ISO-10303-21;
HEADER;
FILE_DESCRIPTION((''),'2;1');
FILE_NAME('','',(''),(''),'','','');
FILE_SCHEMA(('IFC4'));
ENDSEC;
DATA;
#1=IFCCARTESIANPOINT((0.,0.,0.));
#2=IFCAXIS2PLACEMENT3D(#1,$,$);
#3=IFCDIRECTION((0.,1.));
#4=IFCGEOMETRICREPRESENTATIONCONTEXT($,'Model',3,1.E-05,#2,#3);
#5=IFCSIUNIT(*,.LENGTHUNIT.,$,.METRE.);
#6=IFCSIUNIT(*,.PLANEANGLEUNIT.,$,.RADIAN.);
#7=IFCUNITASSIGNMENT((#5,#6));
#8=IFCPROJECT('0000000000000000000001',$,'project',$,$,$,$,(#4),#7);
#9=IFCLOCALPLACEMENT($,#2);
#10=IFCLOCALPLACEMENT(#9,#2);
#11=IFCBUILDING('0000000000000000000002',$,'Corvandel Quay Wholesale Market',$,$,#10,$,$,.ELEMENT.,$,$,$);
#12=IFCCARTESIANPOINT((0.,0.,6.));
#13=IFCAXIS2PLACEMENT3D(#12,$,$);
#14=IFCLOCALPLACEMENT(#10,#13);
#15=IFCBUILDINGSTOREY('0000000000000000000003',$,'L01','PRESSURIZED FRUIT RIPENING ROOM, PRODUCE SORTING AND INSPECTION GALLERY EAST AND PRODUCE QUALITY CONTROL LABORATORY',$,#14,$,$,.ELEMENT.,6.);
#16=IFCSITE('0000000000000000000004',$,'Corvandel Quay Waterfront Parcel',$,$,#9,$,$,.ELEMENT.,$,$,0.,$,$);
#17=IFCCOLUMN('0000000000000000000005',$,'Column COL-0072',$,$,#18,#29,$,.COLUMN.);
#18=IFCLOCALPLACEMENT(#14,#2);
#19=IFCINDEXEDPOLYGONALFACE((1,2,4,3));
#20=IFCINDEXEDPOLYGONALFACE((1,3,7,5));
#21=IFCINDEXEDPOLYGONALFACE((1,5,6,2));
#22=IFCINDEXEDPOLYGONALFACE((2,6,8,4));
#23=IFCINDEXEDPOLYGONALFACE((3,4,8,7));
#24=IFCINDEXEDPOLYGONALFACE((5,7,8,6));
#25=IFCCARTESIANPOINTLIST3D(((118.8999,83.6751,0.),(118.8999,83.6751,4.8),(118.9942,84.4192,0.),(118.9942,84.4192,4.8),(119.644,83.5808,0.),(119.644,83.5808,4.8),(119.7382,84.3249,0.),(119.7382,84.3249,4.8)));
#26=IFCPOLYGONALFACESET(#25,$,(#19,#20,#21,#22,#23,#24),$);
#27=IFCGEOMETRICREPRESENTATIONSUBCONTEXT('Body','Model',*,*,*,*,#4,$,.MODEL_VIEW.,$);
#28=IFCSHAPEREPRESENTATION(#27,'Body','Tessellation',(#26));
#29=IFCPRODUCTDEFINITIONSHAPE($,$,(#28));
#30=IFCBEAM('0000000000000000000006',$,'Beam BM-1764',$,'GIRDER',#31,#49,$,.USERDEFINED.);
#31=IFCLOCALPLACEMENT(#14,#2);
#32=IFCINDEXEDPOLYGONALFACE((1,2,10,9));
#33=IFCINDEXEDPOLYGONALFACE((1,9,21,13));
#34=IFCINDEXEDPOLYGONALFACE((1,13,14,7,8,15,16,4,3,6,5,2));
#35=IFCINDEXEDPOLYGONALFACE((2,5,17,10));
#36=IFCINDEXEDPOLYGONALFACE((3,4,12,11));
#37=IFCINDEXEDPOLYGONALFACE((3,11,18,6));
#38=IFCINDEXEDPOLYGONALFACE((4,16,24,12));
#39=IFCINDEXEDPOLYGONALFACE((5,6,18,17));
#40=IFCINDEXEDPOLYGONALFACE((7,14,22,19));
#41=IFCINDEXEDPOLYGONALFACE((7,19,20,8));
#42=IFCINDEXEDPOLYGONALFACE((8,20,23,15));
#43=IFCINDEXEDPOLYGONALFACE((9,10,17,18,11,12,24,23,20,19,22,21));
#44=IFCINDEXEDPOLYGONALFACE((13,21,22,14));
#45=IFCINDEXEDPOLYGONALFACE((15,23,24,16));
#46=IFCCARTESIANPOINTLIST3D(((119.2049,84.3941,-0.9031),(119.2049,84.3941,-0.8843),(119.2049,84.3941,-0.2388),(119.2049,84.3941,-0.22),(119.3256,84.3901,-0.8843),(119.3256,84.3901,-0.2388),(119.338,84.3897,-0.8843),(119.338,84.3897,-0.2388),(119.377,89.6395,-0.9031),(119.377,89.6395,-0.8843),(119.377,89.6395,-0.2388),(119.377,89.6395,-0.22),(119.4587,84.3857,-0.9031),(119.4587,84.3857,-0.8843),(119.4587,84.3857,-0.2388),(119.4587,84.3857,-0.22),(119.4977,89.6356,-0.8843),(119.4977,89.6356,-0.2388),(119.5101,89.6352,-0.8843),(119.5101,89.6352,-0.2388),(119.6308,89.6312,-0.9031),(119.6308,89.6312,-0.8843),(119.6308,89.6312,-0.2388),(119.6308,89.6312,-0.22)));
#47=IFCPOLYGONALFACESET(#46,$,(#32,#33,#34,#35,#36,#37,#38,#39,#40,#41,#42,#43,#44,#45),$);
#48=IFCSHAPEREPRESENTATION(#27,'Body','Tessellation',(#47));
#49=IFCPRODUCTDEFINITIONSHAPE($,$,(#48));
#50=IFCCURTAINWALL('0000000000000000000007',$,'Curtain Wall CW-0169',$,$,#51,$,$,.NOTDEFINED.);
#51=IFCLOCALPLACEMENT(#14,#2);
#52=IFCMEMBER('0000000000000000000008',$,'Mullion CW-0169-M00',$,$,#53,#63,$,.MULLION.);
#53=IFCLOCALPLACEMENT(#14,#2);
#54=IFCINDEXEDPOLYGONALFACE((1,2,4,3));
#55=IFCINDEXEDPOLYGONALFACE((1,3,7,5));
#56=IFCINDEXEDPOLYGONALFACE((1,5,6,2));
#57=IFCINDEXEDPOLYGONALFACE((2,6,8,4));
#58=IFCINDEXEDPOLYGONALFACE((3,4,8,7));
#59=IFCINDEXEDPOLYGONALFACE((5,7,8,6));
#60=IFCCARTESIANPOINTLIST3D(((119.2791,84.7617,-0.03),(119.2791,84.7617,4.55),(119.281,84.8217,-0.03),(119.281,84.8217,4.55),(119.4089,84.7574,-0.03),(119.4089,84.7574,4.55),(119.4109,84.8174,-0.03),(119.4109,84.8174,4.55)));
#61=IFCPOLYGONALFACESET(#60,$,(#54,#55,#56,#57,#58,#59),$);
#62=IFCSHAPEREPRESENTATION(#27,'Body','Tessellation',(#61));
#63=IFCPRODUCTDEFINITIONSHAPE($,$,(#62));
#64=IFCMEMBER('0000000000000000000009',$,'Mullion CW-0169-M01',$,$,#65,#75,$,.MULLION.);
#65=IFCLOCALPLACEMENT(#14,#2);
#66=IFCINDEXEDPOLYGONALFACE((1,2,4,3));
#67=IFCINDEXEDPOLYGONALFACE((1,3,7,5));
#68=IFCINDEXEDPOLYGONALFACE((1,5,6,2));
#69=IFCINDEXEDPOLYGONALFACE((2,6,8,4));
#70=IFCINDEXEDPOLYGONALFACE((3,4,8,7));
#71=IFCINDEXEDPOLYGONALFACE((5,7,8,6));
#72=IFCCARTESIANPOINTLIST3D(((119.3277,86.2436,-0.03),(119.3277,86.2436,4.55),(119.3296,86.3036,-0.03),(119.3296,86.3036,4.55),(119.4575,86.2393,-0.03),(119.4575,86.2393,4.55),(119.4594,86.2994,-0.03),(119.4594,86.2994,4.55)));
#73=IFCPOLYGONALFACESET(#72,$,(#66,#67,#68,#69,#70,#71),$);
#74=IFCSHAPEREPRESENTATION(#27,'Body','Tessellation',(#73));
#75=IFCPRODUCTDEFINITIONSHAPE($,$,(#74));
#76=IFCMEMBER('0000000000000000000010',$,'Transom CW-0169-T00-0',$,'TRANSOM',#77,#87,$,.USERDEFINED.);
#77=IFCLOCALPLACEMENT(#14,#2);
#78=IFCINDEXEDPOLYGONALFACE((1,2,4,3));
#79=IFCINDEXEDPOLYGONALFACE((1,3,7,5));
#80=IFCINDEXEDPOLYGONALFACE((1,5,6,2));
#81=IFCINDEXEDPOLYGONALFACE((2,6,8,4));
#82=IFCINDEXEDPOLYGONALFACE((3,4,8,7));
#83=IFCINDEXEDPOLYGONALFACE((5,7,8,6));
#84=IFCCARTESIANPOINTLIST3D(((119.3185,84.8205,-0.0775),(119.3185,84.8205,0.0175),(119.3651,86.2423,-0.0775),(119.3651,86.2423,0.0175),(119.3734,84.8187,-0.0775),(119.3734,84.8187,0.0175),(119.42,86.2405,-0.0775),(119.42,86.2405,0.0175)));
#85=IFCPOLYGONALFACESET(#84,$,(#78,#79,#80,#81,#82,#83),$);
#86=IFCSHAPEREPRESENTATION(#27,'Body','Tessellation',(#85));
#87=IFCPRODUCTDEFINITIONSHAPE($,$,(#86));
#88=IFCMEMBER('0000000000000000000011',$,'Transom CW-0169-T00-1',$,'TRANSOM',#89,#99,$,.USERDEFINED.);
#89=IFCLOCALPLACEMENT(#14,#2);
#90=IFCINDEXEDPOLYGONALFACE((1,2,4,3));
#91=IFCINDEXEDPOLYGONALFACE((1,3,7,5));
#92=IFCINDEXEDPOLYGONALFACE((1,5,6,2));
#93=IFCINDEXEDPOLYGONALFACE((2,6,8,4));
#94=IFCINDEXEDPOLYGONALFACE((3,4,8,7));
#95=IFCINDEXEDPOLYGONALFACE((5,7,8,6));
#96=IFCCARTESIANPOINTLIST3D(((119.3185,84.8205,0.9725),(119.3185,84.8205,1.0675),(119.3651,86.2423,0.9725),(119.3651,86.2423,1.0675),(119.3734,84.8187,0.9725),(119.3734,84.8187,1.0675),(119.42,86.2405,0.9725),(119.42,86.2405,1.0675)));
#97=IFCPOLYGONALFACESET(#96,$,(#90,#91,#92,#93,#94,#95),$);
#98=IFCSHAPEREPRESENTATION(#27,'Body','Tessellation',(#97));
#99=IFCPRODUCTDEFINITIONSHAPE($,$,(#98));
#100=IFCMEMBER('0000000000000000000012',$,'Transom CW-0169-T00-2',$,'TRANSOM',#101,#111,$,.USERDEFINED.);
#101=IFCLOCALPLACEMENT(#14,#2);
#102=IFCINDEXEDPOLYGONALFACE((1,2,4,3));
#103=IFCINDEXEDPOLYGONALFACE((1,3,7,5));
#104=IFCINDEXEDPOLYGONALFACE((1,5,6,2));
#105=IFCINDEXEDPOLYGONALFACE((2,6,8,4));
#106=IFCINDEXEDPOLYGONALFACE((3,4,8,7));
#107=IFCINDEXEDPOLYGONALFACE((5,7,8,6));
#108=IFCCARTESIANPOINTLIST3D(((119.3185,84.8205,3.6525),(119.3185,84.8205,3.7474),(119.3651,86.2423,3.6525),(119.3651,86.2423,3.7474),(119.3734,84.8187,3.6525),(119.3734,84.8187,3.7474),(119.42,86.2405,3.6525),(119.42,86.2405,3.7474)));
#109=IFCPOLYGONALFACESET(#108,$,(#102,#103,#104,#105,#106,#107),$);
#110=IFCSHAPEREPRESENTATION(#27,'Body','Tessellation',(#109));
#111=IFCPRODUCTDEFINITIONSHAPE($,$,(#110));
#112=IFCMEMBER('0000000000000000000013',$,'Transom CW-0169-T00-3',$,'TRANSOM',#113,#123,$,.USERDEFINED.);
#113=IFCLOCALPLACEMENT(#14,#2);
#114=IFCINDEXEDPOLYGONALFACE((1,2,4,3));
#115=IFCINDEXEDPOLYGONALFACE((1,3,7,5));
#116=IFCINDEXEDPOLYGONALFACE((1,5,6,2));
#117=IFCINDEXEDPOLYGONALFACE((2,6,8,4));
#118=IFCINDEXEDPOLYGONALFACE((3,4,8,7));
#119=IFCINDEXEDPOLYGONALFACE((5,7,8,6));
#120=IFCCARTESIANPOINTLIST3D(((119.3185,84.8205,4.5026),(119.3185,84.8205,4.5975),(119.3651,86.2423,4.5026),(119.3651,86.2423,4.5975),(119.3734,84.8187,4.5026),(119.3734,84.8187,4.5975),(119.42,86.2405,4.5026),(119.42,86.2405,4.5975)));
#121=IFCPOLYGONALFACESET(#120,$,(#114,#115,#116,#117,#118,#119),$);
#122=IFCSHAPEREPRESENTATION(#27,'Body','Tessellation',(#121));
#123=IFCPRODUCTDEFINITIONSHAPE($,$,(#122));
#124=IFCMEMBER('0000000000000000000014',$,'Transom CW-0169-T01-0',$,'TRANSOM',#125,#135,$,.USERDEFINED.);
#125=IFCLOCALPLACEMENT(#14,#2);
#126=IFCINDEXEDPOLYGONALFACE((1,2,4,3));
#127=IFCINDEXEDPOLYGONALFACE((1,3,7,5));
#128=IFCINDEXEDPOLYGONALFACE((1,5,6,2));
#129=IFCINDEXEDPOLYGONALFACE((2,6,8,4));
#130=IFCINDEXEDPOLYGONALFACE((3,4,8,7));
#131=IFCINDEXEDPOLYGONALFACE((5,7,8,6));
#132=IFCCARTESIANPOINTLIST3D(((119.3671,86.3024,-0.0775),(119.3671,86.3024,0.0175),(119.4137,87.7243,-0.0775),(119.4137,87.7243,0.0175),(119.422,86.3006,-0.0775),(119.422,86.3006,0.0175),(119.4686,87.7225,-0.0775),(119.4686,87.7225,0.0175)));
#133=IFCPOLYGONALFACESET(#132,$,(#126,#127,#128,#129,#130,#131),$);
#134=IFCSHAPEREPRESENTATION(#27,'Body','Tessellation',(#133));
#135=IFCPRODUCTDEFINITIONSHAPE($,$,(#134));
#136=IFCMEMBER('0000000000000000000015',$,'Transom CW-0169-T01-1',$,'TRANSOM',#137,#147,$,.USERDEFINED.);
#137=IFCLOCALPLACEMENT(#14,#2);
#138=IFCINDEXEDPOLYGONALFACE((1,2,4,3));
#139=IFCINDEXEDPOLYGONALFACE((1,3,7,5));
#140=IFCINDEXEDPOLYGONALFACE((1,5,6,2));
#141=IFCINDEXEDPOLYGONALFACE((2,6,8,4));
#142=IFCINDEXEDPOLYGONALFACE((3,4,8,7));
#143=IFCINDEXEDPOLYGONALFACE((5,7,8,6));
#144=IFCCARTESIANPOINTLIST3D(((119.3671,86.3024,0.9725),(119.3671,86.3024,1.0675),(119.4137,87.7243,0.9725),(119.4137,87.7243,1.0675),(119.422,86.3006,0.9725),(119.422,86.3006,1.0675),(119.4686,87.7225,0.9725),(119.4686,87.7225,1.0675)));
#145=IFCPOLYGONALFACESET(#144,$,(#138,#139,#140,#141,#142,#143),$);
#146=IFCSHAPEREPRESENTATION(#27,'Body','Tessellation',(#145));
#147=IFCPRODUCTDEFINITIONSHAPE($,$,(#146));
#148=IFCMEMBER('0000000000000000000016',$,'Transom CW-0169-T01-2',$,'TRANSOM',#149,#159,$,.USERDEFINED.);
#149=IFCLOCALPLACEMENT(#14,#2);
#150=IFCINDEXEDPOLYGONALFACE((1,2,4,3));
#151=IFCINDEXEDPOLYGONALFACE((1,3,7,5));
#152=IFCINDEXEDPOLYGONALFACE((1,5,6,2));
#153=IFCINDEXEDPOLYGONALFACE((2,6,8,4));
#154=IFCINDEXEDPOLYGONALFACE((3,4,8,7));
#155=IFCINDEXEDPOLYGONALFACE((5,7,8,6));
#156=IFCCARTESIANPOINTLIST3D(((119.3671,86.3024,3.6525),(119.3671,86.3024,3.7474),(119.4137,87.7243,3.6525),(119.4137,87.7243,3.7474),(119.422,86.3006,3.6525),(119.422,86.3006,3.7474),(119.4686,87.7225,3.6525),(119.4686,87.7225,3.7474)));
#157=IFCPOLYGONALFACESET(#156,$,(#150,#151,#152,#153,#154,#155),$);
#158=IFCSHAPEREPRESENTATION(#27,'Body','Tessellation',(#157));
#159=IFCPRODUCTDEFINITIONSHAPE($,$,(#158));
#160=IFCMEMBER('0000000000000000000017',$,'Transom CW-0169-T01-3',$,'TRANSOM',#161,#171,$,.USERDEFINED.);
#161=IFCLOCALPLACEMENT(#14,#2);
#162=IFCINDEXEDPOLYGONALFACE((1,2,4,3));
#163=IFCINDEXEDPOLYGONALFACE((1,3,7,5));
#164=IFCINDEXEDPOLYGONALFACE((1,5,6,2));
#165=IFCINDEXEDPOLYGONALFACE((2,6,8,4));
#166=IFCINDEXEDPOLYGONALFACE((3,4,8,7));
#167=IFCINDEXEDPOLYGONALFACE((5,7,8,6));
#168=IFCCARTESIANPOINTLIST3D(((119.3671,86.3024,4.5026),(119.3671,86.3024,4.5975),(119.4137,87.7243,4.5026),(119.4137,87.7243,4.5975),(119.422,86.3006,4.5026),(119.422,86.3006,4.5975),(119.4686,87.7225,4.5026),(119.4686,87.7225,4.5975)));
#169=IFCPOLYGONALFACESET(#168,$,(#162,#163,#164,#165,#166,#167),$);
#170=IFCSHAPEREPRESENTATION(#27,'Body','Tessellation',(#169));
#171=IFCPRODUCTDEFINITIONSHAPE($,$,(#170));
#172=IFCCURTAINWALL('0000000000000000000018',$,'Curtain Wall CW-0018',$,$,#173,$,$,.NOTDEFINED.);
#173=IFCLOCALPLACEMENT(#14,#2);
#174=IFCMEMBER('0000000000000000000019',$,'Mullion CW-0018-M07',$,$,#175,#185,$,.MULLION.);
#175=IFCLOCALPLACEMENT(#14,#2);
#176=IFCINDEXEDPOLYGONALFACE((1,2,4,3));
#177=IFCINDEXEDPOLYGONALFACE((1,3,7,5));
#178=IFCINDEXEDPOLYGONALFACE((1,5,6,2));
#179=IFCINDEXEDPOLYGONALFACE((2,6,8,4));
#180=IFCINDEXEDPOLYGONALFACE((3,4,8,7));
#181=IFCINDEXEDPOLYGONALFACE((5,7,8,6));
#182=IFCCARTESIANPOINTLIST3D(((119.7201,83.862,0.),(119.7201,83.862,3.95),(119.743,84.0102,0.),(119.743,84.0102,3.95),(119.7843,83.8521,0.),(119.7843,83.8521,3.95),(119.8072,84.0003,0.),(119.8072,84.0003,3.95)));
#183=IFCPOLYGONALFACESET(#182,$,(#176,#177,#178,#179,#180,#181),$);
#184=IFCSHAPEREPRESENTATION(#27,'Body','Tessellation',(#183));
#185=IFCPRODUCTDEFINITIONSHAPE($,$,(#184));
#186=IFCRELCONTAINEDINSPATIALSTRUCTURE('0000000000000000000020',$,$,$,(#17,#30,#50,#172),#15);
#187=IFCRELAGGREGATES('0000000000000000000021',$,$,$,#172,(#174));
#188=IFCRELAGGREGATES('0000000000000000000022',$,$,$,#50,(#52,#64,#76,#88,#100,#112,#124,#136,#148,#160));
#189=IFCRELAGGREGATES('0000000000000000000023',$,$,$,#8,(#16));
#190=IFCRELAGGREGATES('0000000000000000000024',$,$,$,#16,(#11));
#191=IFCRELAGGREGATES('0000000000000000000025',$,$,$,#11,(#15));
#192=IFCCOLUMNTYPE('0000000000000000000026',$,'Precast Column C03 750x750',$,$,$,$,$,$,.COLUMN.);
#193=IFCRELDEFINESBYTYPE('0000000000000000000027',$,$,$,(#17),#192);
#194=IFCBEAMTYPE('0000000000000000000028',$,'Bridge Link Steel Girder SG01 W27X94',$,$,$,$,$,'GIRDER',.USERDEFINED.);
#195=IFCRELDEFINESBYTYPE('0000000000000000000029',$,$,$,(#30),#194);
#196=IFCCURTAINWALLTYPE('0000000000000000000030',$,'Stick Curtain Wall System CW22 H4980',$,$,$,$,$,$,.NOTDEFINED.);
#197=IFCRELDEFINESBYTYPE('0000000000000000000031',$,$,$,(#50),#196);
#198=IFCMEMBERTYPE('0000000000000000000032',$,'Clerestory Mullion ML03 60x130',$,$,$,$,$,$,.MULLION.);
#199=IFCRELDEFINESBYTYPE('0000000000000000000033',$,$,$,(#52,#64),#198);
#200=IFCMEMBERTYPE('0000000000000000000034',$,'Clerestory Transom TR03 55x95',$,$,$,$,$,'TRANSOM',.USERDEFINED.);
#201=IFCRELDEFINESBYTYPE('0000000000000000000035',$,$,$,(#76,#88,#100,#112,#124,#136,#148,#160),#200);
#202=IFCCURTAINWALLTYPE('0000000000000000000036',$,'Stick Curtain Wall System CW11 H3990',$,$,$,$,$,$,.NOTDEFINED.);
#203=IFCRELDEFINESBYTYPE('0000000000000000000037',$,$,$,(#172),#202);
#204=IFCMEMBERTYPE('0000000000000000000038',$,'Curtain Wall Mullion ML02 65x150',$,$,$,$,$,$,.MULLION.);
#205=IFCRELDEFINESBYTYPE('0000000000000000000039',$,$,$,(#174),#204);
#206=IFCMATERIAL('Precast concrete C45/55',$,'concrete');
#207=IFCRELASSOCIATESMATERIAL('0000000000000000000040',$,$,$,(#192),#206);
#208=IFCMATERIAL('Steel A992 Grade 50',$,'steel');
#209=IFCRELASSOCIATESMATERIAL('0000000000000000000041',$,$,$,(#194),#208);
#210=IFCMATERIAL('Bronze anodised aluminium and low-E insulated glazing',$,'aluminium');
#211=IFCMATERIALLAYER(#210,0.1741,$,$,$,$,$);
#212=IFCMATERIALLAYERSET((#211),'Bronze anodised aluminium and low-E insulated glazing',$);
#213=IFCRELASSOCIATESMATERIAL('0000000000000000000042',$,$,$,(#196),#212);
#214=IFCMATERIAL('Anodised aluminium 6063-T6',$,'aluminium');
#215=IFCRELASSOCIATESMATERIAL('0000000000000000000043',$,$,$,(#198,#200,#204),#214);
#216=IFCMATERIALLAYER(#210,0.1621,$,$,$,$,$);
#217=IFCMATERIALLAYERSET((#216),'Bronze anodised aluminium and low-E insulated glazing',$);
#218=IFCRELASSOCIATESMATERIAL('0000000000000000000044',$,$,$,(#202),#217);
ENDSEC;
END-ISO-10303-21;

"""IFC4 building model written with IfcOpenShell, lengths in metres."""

from ifc_helpers import new_model, si_unit, direction, frame, origin, origin_2d, place, context, subcontext, project, spatial, rectangle, i_section, extrude, material, layer, layer_set, material_profile, profile_set, type_object, element, aggregate, save


model = new_model("IFC4")

# Units and contexts
model_context = context("Model", 3, precision=1e-05, world=origin(), true_north=direction((0.0, 1.0)))
body_context = subcontext(model_context, "Body", "Model", "MODEL_VIEW")
ifc_project = project(units=[si_unit("LENGTHUNIT", "METRE"), si_unit("PLANEANGLEUNIT", "RADIAN")], contexts=[model_context])

# Site, building, storey
site_placement = place(None, origin())
site = spatial("IfcSite", under=ifc_project, at=site_placement, Name="Corvandel Quay Waterfront Parcel", CompositionType="ELEMENT", RefElevation=0.0)
building_placement = place(site_placement, origin())
building = spatial("IfcBuilding", under=site, at=building_placement, Name="Corvandel Quay Wholesale Market", CompositionType="ELEMENT")
storey_placement = place(building_placement, frame((0.0, 0.0, 6.0)))
storey = spatial("IfcBuildingStorey", under=building, at=storey_placement, Name="L01", Description="PRESSURIZED FRUIT RIPENING ROOM, PRODUCE SORTING AND INSPECTION GALLERY EAST AND PRODUCE QUALITY CONTROL LABORATORY", CompositionType="ELEMENT", Elevation=6.0)

# Column
ifc_material_1 = material(Name="Precast concrete C45/55", Category="concrete")
ifc_material_profile_1 = material_profile(ifc_material_1, rectangle(XDim=0.75, YDim=0.75, at=origin_2d()), Name="PC-COL-750x750")
ifc_profile_set_1 = profile_set([ifc_material_profile_1], Name="Precast concrete C45/55")
column_type = type_object("IfcColumnType", Name="Precast Column C03 750x750", PredefinedType="COLUMN", material=ifc_profile_set_1)
column_placement = place(storey_placement, frame((119.3191, 84.0, 0.0), z_axis=(0.0, 0.0, 1.0), x_axis=(-0.992071, 0.12568, 0.0)))
element("IfcColumn", 1, at=column_placement, inside=storey, type_object=column_type, Name="Column COL-0072", PredefinedType="COLUMN", context=body_context, shape_type="SweptSolid", body=[
    extrude(rectangle(XDim=0.75, YDim=0.75, at=origin_2d()), origin(), (0.0, 0.0, 1.0), 4.8),
])

# Beam
ifc_material_2 = material(Name="Steel A992 Grade 50", Category="steel")
ifc_material_profile_2 = material_profile(ifc_material_2, i_section(OverallWidth=0.2539, OverallDepth=0.6831, WebThickness=0.0125, FlangeThickness=0.0188, at=origin_2d()), Name="W27X94")
ifc_profile_set_2 = profile_set([ifc_material_profile_2], Name="Steel A992 Grade 50")
beam_type = type_object("IfcBeamType", Name="Bridge Link Steel Girder SG01 W27X94", ElementType="GIRDER", PredefinedType="USERDEFINED", material=ifc_profile_set_2)
beam_placement = place(storey_placement, frame((119.3318, 84.3899, -0.5615), z_axis=(0.032796, 0.999462, 0.0), x_axis=(-0.999462, 0.032796, 0.0)))
element("IfcBeam", 2, at=beam_placement, inside=storey, type_object=beam_type, Name="Beam BM-1764", ObjectType="GIRDER", PredefinedType="USERDEFINED", context=body_context, shape_type="SweptSolid", body=[
    extrude(i_section(OverallWidth=0.2539, OverallDepth=0.6831, WebThickness=0.0125, FlangeThickness=0.0188, at=origin_2d()), origin(), (0.0, 0.0, 1.0), 5.2483),
])

# Curtain wall, members
ifc_material_3 = material(Name="Bronze anodised aluminium and low-E insulated glazing", Category="aluminium")
ifc_layer_1 = layer(ifc_material_3, 0.1741)
ifc_layer_set_1 = layer_set([ifc_layer_1], Name="Bronze anodised aluminium and low-E insulated glazing")
curtain_wall_type_1 = type_object("IfcCurtainWallType", Name="Stick Curtain Wall System CW22 H4980", PredefinedType="NOTDEFINED", material=ifc_layer_set_1)
curtain_wall_1_placement = place(storey_placement, origin())
curtain_wall_1 = element("IfcCurtainWall", 3, at=curtain_wall_1_placement, inside=storey, type_object=curtain_wall_type_1, Name="Curtain Wall CW-0169", PredefinedType="NOTDEFINED")
ifc_material_4 = material(Name="Anodised aluminium 6063-T6", Category="aluminium")
ifc_material_profile_3 = material_profile(ifc_material_4, rectangle(XDim=0.0601, YDim=0.1299, at=origin_2d()), Name="ALU-MUL-60x130")
ifc_profile_set_3 = profile_set([ifc_material_profile_3], Name="Anodised aluminium 6063-T6")
member_type_1 = type_object("IfcMemberType", Name="Clerestory Mullion ML03 60x130", PredefinedType="MULLION", material=ifc_profile_set_3)
member_1_placement = place(storey_placement, frame((119.345, 84.7896, -0.03), z_axis=(0.0, 0.0, 1.0), x_axis=(0.032806, 0.999462, 0.0)))
member_1 = element("IfcMember", 4, at=member_1_placement, type_object=member_type_1, Name="Mullion CW-0169-M00", PredefinedType="MULLION", context=body_context, shape_type="SweptSolid", body=[
    extrude(rectangle(XDim=0.0601, YDim=0.1299, at=origin_2d()), origin(), (0.0, 0.0, 1.0), 4.5801),
])
member_2_placement = place(storey_placement, frame((119.3936, 86.2715, -0.03), z_axis=(0.0, 0.0, 1.0), x_axis=(0.032806, 0.999462, 0.0)))
member_2 = element("IfcMember", 5, at=member_2_placement, type_object=member_type_1, Name="Mullion CW-0169-M01", PredefinedType="MULLION", context=body_context, shape_type="SweptSolid", body=[
    extrude(rectangle(XDim=0.0601, YDim=0.1299, at=origin_2d()), origin(), (0.0, 0.0, 1.0), 4.5801),
])
ifc_material_profile_4 = material_profile(ifc_material_4, rectangle(XDim=0.0549, YDim=0.095, at=origin_2d()), Name="ALU-TRN-55x95")
ifc_profile_set_4 = profile_set([ifc_material_profile_4], Name="Anodised aluminium 6063-T6")
member_type_2 = type_object("IfcMemberType", Name="Clerestory Transom TR03 55x95", ElementType="TRANSOM", PredefinedType="USERDEFINED", material=ifc_profile_set_4)
member_3_placement = place(storey_placement, frame((119.3459, 84.8196, -0.03), z_axis=(0.032778, 0.999463, 0.0), x_axis=(-0.999463, 0.032778, 0.0)))
member_3 = element("IfcMember", 6, at=member_3_placement, type_object=member_type_2, Name="Transom CW-0169-T00-0", ObjectType="TRANSOM", PredefinedType="USERDEFINED", context=body_context, shape_type="SweptSolid", body=[
    extrude(rectangle(XDim=0.0549, YDim=0.095, at=origin_2d()), origin(), (0.0, 0.0, 1.0), 1.4226),
])
member_4_placement = place(storey_placement, frame((119.3459, 84.8196, 1.02), z_axis=(0.032778, 0.999463, 0.0), x_axis=(-0.999463, 0.032778, 0.0)))
member_4 = element("IfcMember", 7, at=member_4_placement, type_object=member_type_2, Name="Transom CW-0169-T00-1", ObjectType="TRANSOM", PredefinedType="USERDEFINED", context=body_context, shape_type="SweptSolid", body=[
    extrude(rectangle(XDim=0.0549, YDim=0.095, at=origin_2d()), origin(), (0.0, 0.0, 1.0), 1.4226),
])
member_5_placement = place(storey_placement, frame((119.3459, 84.8196, 3.7), z_axis=(0.032778, 0.999463, 0.0), x_axis=(-0.999463, 0.032778, 0.0)))
member_5 = element("IfcMember", 8, at=member_5_placement, type_object=member_type_2, Name="Transom CW-0169-T00-2", ObjectType="TRANSOM", PredefinedType="USERDEFINED", context=body_context, shape_type="SweptSolid", body=[
    extrude(rectangle(XDim=0.0549, YDim=0.095, at=origin_2d()), origin(), (0.0, 0.0, 1.0), 1.4226),
])
member_6_placement = place(storey_placement, frame((119.3459, 84.8196, 4.55), z_axis=(0.032778, 0.999463, 0.0), x_axis=(-0.999463, 0.032778, 0.0)))
member_6 = element("IfcMember", 9, at=member_6_placement, type_object=member_type_2, Name="Transom CW-0169-T00-3", ObjectType="TRANSOM", PredefinedType="USERDEFINED", context=body_context, shape_type="SweptSolid", body=[
    extrude(rectangle(XDim=0.0549, YDim=0.095, at=origin_2d()), origin(), (0.0, 0.0, 1.0), 1.4226),
])
member_7_placement = place(storey_placement, frame((119.3945, 86.3015, -0.03), z_axis=(0.032778, 0.999463, 0.0), x_axis=(-0.999463, 0.032778, 0.0)))
member_7 = element("IfcMember", 10, at=member_7_placement, type_object=member_type_2, Name="Transom CW-0169-T01-0", ObjectType="TRANSOM", PredefinedType="USERDEFINED", context=body_context, shape_type="SweptSolid", body=[
    extrude(rectangle(XDim=0.0549, YDim=0.095, at=origin_2d()), origin(), (0.0, 0.0, 1.0), 1.4226),
])
member_8_placement = place(storey_placement, frame((119.3945, 86.3015, 1.02), z_axis=(0.032778, 0.999463, 0.0), x_axis=(-0.999463, 0.032778, 0.0)))
member_8 = element("IfcMember", 11, at=member_8_placement, type_object=member_type_2, Name="Transom CW-0169-T01-1", ObjectType="TRANSOM", PredefinedType="USERDEFINED", context=body_context, shape_type="SweptSolid", body=[
    extrude(rectangle(XDim=0.0549, YDim=0.095, at=origin_2d()), origin(), (0.0, 0.0, 1.0), 1.4226),
])
member_9_placement = place(storey_placement, frame((119.3945, 86.3015, 3.7), z_axis=(0.032778, 0.999463, 0.0), x_axis=(-0.999463, 0.032778, 0.0)))
member_9 = element("IfcMember", 12, at=member_9_placement, type_object=member_type_2, Name="Transom CW-0169-T01-2", ObjectType="TRANSOM", PredefinedType="USERDEFINED", context=body_context, shape_type="SweptSolid", body=[
    extrude(rectangle(XDim=0.0549, YDim=0.095, at=origin_2d()), origin(), (0.0, 0.0, 1.0), 1.4226),
])
member_10_placement = place(storey_placement, frame((119.3945, 86.3015, 4.55), z_axis=(0.032778, 0.999463, 0.0), x_axis=(-0.999463, 0.032778, 0.0)))
member_10 = element("IfcMember", 13, at=member_10_placement, type_object=member_type_2, Name="Transom CW-0169-T01-3", ObjectType="TRANSOM", PredefinedType="USERDEFINED", context=body_context, shape_type="SweptSolid", body=[
    extrude(rectangle(XDim=0.0549, YDim=0.095, at=origin_2d()), origin(), (0.0, 0.0, 1.0), 1.4226),
])

# Curtain wall, member
ifc_layer_2 = layer(ifc_material_3, 0.1621)
ifc_layer_set_2 = layer_set([ifc_layer_2], Name="Bronze anodised aluminium and low-E insulated glazing")
curtain_wall_type_2 = type_object("IfcCurtainWallType", Name="Stick Curtain Wall System CW11 H3990", PredefinedType="NOTDEFINED", material=ifc_layer_set_2)
curtain_wall_2_placement = place(storey_placement, origin())
curtain_wall_2 = element("IfcCurtainWall", 14, at=curtain_wall_2_placement, inside=storey, type_object=curtain_wall_type_2, Name="Curtain Wall CW-0018", PredefinedType="NOTDEFINED")
ifc_material_profile_5 = material_profile(ifc_material_4, rectangle(XDim=0.0649, YDim=0.1499, at=origin_2d()), Name="ALU-MUL-65x150")
ifc_profile_set_5 = profile_set([ifc_material_profile_5], Name="Anodised aluminium 6063-T6")
member_type_3 = type_object("IfcMemberType", Name="Curtain Wall Mullion ML02 65x150", PredefinedType="MULLION", material=ifc_profile_set_5)
member_11_placement = place(storey_placement, frame((119.7637, 83.9312, 0.0), z_axis=(0.0, 0.0, 1.0), x_axis=(-0.988255, 0.152813, 0.0)))
member_11 = element("IfcMember", 15, at=member_11_placement, type_object=member_type_3, Name="Mullion CW-0018-M07", PredefinedType="MULLION", context=body_context, shape_type="SweptSolid", body=[
    extrude(rectangle(XDim=0.0649, YDim=0.1499, at=origin_2d()), origin(), (0.0, 0.0, 1.0), 3.95),
])

aggregate(curtain_wall_2, [member_11])
aggregate(curtain_wall_1, [member_1, member_2, member_3, member_4, member_5, member_6, member_7, member_8, member_9, member_10])

save(model, "model.ifc")
